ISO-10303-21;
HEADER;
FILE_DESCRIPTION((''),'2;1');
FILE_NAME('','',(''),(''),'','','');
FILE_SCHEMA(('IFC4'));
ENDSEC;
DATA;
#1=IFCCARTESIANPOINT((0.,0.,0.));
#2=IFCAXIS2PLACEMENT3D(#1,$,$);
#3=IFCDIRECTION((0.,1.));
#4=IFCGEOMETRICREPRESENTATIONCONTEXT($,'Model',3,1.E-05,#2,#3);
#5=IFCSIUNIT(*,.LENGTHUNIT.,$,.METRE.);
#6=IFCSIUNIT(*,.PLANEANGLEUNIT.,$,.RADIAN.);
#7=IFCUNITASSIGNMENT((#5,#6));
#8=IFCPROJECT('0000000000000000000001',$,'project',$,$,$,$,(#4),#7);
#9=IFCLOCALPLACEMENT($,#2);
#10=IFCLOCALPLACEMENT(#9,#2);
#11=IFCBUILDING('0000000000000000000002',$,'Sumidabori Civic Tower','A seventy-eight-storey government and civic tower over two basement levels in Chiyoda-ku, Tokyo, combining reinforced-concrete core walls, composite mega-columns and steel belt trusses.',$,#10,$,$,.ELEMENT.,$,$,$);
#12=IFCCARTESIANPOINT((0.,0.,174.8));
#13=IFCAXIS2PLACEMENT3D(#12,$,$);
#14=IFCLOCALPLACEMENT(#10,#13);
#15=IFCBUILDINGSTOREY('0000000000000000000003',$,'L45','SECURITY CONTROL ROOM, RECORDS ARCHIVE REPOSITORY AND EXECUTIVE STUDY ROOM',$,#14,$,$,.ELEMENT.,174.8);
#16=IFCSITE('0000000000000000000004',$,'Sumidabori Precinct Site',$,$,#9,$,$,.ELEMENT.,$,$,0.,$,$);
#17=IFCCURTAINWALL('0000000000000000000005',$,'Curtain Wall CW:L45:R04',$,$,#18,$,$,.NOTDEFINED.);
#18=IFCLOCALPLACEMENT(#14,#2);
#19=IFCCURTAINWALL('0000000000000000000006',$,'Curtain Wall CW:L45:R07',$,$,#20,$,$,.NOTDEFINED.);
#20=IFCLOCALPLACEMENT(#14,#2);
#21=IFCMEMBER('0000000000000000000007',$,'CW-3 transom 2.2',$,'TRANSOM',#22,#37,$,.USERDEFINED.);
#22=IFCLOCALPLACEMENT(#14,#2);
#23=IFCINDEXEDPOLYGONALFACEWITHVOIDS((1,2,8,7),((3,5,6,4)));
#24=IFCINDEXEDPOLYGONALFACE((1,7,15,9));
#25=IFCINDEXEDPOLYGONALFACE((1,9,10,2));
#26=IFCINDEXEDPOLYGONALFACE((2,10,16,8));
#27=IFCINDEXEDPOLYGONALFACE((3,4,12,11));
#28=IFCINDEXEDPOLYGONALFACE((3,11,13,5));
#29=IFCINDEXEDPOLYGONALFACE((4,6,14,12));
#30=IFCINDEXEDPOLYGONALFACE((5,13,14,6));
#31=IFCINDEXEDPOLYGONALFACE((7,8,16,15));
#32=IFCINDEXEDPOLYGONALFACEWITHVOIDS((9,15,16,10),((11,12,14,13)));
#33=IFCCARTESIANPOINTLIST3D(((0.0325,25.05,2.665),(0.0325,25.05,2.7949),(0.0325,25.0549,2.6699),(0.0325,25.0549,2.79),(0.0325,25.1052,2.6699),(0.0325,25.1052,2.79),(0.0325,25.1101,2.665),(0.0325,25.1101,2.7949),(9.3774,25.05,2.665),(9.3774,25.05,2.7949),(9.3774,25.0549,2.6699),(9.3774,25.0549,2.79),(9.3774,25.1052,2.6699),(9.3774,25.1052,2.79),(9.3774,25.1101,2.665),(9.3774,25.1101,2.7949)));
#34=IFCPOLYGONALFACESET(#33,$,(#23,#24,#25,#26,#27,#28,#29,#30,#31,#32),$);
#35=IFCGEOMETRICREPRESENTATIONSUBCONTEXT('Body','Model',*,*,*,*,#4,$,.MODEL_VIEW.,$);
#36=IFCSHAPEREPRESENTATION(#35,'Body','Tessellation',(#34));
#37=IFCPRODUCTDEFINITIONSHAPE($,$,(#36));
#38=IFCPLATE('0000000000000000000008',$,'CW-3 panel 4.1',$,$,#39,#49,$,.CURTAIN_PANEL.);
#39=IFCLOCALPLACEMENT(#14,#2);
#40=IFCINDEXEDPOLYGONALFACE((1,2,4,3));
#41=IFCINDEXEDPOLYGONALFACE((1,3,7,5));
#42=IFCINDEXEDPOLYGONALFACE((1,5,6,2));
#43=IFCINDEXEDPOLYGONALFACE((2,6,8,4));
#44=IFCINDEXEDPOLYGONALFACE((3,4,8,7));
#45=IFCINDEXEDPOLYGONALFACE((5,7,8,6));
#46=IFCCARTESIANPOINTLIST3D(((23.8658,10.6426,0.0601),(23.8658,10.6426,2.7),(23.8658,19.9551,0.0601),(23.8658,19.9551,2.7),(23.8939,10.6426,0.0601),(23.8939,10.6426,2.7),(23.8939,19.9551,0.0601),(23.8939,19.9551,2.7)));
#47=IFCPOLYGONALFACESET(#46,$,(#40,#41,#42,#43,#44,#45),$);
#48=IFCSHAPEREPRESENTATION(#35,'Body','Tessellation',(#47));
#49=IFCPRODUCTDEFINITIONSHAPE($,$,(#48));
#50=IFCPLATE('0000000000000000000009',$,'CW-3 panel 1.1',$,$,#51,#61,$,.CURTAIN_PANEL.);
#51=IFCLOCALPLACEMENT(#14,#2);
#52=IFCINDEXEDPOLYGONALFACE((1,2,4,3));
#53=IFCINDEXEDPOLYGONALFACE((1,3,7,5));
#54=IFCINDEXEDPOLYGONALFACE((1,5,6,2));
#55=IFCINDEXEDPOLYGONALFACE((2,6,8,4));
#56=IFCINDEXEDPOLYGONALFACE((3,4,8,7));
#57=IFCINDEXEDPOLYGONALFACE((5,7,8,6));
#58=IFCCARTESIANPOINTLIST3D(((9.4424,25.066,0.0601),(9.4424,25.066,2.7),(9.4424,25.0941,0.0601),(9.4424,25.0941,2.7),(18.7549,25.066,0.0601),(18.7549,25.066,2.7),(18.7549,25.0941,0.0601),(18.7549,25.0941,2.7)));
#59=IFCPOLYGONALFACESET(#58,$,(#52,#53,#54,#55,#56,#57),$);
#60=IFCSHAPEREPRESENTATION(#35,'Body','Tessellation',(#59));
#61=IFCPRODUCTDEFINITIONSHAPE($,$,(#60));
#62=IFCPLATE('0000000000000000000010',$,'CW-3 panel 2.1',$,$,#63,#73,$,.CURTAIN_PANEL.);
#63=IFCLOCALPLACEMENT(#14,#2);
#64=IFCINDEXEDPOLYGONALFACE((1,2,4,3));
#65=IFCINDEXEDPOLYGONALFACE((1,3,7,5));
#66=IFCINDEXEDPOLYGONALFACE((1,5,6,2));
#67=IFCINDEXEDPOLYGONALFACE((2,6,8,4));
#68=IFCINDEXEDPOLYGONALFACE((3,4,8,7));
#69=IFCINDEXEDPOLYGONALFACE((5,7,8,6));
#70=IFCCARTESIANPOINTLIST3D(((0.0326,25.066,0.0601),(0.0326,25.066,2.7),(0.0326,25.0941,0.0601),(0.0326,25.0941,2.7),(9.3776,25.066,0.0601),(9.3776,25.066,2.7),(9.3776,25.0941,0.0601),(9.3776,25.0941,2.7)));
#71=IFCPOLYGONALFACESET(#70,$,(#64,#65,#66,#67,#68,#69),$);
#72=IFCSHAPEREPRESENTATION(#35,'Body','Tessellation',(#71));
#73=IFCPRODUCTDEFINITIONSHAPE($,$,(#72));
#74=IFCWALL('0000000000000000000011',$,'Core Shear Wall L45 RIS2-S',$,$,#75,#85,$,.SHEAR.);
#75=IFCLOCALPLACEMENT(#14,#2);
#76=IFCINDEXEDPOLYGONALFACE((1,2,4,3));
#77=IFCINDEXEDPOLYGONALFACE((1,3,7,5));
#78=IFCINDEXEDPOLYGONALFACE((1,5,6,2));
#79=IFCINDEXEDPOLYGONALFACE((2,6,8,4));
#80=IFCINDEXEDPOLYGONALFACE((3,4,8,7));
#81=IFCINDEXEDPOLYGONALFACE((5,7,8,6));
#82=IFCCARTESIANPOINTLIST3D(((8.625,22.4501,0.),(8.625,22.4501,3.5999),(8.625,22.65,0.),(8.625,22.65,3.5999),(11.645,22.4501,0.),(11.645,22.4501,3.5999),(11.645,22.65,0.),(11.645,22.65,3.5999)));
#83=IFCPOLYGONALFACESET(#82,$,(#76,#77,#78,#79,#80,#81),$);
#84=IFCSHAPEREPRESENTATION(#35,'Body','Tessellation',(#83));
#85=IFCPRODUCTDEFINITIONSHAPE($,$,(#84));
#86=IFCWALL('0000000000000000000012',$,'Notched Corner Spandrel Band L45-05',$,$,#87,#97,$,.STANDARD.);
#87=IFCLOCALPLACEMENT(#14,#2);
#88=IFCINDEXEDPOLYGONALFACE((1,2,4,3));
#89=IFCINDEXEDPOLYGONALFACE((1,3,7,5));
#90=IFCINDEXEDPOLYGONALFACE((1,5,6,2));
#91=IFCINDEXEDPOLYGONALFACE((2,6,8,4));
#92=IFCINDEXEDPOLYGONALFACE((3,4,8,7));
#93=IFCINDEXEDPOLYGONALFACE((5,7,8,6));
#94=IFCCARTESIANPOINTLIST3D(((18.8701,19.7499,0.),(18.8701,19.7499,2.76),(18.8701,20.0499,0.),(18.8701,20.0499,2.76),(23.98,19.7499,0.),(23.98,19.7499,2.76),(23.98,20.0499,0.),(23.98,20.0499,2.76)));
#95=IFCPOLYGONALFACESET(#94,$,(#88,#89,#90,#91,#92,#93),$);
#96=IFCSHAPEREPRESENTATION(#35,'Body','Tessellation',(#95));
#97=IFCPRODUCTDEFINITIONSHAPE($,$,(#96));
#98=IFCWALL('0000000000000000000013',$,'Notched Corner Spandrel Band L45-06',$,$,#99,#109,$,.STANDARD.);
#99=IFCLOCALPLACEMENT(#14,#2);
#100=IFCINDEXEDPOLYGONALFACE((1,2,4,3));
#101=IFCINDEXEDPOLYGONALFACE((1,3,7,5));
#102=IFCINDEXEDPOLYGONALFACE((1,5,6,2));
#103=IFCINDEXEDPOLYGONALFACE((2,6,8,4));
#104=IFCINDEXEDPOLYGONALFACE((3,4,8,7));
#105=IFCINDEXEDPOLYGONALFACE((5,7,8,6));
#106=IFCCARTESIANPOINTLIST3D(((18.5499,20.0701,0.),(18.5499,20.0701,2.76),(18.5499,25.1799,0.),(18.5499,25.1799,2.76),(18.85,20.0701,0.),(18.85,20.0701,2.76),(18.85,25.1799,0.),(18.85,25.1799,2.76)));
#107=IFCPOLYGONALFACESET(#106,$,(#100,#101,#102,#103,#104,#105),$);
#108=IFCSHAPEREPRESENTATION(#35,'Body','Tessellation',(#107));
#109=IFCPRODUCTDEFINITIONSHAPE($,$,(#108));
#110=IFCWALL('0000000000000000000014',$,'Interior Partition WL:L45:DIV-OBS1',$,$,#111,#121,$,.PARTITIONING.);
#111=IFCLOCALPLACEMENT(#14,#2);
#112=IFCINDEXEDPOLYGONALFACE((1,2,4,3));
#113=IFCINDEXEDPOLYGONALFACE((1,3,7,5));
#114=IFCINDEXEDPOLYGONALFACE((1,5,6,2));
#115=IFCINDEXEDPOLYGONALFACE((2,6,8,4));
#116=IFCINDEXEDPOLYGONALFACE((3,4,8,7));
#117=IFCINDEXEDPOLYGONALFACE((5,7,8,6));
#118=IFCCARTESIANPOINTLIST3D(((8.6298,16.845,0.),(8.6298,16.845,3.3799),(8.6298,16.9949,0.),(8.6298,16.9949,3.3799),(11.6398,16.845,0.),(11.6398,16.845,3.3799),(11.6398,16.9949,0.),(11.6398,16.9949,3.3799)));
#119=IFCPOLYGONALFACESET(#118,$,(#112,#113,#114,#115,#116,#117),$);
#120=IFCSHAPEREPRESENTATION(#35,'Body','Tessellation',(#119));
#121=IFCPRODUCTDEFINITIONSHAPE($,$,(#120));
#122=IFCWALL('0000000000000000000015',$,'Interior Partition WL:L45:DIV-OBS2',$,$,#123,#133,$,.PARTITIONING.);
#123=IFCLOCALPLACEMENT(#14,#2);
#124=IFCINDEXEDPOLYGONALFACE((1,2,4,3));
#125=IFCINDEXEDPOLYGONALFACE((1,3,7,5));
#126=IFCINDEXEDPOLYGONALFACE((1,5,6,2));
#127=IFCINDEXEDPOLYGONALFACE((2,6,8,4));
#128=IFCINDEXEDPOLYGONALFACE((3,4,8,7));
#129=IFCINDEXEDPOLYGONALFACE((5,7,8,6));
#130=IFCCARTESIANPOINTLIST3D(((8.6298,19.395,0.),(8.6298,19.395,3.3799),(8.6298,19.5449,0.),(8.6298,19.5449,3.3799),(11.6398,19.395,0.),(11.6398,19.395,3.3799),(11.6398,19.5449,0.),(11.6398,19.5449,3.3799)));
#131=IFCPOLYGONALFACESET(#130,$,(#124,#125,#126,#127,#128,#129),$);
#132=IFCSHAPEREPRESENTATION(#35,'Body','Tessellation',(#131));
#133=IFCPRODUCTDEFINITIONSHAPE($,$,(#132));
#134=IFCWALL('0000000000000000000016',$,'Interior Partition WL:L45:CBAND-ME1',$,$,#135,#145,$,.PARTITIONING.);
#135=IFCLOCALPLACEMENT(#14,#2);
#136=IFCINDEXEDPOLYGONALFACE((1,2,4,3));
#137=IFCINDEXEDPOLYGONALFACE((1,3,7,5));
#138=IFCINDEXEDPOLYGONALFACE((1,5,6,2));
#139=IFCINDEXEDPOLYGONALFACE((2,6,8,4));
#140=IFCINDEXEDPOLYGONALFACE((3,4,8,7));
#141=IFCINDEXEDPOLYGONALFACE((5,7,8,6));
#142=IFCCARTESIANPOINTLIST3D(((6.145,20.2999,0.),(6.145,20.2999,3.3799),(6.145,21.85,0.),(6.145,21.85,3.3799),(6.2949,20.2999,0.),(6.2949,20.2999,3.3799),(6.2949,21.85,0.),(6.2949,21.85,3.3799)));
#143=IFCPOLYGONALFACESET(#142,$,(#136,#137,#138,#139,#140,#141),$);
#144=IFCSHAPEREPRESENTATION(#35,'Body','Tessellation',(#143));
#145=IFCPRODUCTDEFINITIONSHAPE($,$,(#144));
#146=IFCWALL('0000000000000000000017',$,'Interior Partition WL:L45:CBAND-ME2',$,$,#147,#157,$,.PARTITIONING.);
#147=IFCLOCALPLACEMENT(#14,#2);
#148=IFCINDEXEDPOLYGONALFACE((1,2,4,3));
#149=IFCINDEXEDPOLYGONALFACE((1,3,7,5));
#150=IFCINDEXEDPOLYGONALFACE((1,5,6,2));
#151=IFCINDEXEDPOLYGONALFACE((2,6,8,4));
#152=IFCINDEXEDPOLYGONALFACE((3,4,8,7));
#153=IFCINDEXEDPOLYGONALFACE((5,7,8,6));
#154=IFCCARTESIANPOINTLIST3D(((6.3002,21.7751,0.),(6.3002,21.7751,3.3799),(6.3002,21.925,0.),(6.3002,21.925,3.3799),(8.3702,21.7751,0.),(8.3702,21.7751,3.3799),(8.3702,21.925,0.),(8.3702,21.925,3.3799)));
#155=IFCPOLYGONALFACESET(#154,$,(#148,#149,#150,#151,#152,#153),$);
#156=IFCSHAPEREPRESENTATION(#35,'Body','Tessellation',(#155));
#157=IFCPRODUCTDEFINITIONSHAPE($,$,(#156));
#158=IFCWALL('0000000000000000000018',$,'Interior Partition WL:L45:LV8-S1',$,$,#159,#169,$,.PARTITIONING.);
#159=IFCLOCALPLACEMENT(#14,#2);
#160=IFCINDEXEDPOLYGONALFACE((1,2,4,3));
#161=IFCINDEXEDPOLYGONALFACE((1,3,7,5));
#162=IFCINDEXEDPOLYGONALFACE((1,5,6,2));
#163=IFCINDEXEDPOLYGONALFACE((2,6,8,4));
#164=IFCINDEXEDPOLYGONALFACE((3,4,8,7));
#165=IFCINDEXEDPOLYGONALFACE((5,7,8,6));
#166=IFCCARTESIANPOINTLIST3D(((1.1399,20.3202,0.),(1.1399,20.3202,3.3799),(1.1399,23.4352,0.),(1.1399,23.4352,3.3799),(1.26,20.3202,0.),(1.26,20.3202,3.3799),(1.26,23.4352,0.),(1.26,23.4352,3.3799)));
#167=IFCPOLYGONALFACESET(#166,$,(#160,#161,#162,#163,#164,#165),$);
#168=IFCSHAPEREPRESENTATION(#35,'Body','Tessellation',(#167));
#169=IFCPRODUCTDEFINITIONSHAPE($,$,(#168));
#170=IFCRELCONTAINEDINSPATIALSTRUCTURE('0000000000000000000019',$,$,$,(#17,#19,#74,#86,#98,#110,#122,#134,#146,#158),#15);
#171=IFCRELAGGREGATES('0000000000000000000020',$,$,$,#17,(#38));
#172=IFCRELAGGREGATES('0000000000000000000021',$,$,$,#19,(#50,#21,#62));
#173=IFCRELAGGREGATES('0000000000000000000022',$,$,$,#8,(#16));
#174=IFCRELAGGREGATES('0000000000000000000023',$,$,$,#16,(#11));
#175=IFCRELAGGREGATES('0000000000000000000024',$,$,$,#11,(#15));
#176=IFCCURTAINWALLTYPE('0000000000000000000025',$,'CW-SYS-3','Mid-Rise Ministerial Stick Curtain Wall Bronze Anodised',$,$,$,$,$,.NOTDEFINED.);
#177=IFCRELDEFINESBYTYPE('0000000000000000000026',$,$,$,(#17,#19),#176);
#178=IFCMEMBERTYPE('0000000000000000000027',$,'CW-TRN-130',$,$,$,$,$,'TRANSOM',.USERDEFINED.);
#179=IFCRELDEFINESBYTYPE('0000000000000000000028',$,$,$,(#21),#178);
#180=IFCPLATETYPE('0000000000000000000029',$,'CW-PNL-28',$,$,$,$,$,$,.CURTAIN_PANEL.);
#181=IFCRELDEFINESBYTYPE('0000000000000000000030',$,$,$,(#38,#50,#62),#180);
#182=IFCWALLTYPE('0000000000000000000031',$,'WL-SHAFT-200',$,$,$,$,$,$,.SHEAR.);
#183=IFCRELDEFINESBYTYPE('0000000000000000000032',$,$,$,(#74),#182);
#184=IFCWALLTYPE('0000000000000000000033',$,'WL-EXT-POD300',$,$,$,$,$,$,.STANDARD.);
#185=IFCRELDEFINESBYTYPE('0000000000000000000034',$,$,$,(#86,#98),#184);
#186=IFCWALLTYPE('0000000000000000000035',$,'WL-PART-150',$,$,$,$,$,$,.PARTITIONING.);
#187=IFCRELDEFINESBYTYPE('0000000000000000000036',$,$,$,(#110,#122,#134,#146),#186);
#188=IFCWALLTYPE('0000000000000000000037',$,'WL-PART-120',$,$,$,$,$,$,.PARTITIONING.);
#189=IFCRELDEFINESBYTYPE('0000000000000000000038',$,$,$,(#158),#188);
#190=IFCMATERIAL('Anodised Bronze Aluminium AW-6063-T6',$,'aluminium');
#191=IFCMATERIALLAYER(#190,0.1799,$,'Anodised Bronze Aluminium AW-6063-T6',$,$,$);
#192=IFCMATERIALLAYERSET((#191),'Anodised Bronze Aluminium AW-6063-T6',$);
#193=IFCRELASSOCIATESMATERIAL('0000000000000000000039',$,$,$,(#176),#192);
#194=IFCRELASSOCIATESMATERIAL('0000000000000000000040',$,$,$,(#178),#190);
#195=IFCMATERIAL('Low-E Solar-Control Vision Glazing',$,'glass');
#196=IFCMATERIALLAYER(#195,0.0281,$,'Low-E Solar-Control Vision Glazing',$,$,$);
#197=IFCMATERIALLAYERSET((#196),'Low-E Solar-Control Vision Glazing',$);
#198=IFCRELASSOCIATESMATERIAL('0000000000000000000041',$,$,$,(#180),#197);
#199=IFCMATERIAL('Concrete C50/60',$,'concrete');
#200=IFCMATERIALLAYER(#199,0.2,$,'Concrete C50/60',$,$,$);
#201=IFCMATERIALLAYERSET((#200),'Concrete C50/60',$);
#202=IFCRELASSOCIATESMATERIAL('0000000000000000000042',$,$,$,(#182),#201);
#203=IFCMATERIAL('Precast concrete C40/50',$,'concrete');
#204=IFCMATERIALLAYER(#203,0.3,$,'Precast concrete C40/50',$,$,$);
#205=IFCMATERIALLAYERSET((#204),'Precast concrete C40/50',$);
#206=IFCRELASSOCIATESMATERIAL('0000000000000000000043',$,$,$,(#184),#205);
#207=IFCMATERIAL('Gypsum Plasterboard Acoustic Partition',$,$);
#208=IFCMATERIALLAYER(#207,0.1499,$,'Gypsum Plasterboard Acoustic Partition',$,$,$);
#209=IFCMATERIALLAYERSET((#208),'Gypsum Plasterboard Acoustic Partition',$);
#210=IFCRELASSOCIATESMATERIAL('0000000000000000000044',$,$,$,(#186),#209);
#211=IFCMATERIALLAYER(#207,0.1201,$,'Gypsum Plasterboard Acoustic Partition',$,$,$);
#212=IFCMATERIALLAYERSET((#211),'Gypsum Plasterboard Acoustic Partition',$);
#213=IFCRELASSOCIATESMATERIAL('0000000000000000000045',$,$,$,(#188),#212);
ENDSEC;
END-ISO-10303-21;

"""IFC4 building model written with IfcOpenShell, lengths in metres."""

from ifc_helpers import new_model, si_unit, direction, frame, frame_2d, origin, origin_2d, place, context, subcontext, project, spatial, rectangle, hollow_rectangle, extrude, source, transform, mapped, material, layer, layer_set, material_profile, profile_set, type_object, element, aggregate, save


model = new_model("IFC4")

# Units and contexts
model_context = context("Model", 3, precision=1e-05, world=origin(), true_north=direction((0.0, 1.0)))
body_context = subcontext(model_context, "Body", "Model", "MODEL_VIEW")
ifc_project = project(units=[si_unit("LENGTHUNIT", "METRE"), si_unit("PLANEANGLEUNIT", "RADIAN")], contexts=[model_context])

# Site, building, storey
site_placement = place(None, origin())
site = spatial("IfcSite", under=ifc_project, at=site_placement, Name="Sumidabori Precinct Site", CompositionType="ELEMENT", RefElevation=0.0)
building_placement = place(site_placement, origin())
building = spatial("IfcBuilding", under=site, at=building_placement, Name="Sumidabori Civic Tower", Description="A seventy-eight-storey government and civic tower over two basement levels in Chiyoda-ku, Tokyo, combining reinforced-concrete core walls, composite mega-columns and steel belt trusses.", CompositionType="ELEMENT")
storey_placement = place(building_placement, frame((0.0, 0.0, 174.8)))
storey = spatial("IfcBuildingStorey", under=building, at=storey_placement, Name="L45", Description="SECURITY CONTROL ROOM, RECORDS ARCHIVE REPOSITORY AND EXECUTIVE STUDY ROOM", CompositionType="ELEMENT", Elevation=174.8)

# Curtain wall
ifc_material_1 = material(Name="Anodised Bronze Aluminium AW-6063-T6", Category="aluminium")
ifc_layer_1 = layer(ifc_material_1, 0.1799, Name="Anodised Bronze Aluminium AW-6063-T6")
ifc_layer_set_1 = layer_set([ifc_layer_1], Name="Anodised Bronze Aluminium AW-6063-T6")
curtain_wall_type = type_object("IfcCurtainWallType", Name="CW-SYS-3", Description="Mid-Rise Ministerial Stick Curtain Wall Bronze Anodised", PredefinedType="NOTDEFINED", material=ifc_layer_set_1)
curtain_wall_1_placement = place(storey_placement, origin())
curtain_wall_1 = element("IfcCurtainWall", 1, at=curtain_wall_1_placement, inside=storey, type_object=curtain_wall_type, Name="Curtain Wall CW:L45:R04", PredefinedType="NOTDEFINED")

# Curtain wall, member
curtain_wall_2_placement = place(storey_placement, origin())
curtain_wall_2 = element("IfcCurtainWall", 2, at=curtain_wall_2_placement, inside=storey, type_object=curtain_wall_type, Name="Curtain Wall CW:L45:R07", PredefinedType="NOTDEFINED")
ifc_material_profile_1 = material_profile(ifc_material_1, hollow_rectangle(XDim=0.0601, YDim=0.1299, WallThickness=0.0049, at=origin_2d()), Name="ALU TRANSOM 130x60")
ifc_profile_set_1 = profile_set([ifc_material_profile_1], Name="Anodised Bronze Aluminium AW-6063-T6")
member_type_1 = type_object("IfcMemberType", Name="CW-TRN-130", ElementType="TRANSOM", PredefinedType="USERDEFINED", material=ifc_profile_set_1)
shared_shape_1 = source(origin(), body_context, "Body", "SweptSolid", [
    extrude(hollow_rectangle(XDim=0.0601, YDim=0.1299, WallThickness=0.0049, at=origin_2d()), origin(), (0.0, 0.0, 1.0), 9.345),
])
member_1_placement = place(storey_placement, frame((9.3774, 25.0801, 2.73), z_axis=(-1.0, 0.0, 0.0), x_axis=(0.0, -1.0, 0.0)))
member_1 = element("IfcMember", 3, at=member_1_placement, type_object=member_type_1, Name="CW-3 transom 2.2", ObjectType="TRANSOM", PredefinedType="USERDEFINED", context=body_context, shape_type="MappedRepresentation", body=[
    mapped(shared_shape_1, transform((0.0, 0.0, 0.0), x_axis=(1.0, 0.0, 0.0), y_axis=(0.0, 1.0, 0.0), z_axis=(0.0, 0.0, 1.0), scale=1.0)),
])

# Plates
ifc_material_2 = material(Name="Low-E Solar-Control Vision Glazing", Category="glass")
ifc_layer_2 = layer(ifc_material_2, 0.0281, Name="Low-E Solar-Control Vision Glazing")
ifc_layer_set_2 = layer_set([ifc_layer_2], Name="Low-E Solar-Control Vision Glazing")
plate_type = type_object("IfcPlateType", Name="CW-PNL-28", PredefinedType="CURTAIN_PANEL", material=ifc_layer_set_2)
shared_shape_2 = source(origin(), body_context, "Body", "SweptSolid", [
    extrude(rectangle(XDim=9.3125, YDim=0.0281, at=origin_2d()), origin(), (0.0, 0.0, 1.0), 2.6399),
])
plate_1_placement = place(storey_placement, frame((23.8799, 15.2988, 0.0601), z_axis=(0.0, 0.0, 1.0), x_axis=(0.0, 1.0, 0.0)))
plate_1 = element("IfcPlate", 4, at=plate_1_placement, type_object=plate_type, Name="CW-3 panel 4.1", PredefinedType="CURTAIN_PANEL", context=body_context, shape_type="MappedRepresentation", body=[
    mapped(shared_shape_2, transform((0.0, 0.0, 0.0), x_axis=(1.0, 0.0, 0.0), y_axis=(0.0, 1.0, 0.0), z_axis=(0.0, 0.0, 1.0), scale=1.0)),
])
aggregate(curtain_wall_1, [plate_1])
plate_2_placement = place(storey_placement, frame((14.0986, 25.0801, 0.0601), z_axis=(0.0, 0.0, 1.0), x_axis=(-1.0, 0.0, 0.0)))
plate_2 = element("IfcPlate", 5, at=plate_2_placement, type_object=plate_type, Name="CW-3 panel 1.1", PredefinedType="CURTAIN_PANEL", context=body_context, shape_type="MappedRepresentation", body=[
    mapped(shared_shape_2, transform((0.0, 0.0, 0.0), x_axis=(1.0, 0.0, 0.0), y_axis=(0.0, 1.0, 0.0), z_axis=(0.0, 0.0, 1.0), scale=1.0)),
])
shared_shape_3 = source(origin(), body_context, "Body", "SweptSolid", [
    extrude(rectangle(XDim=9.345, YDim=0.0281, at=origin_2d()), origin(), (0.0, 0.0, 1.0), 2.6399),
])
plate_3_placement = place(storey_placement, frame((4.7051, 25.0801, 0.0601), z_axis=(0.0, 0.0, 1.0), x_axis=(-1.0, 0.0, 0.0)))
plate_3 = element("IfcPlate", 6, at=plate_3_placement, type_object=plate_type, Name="CW-3 panel 2.1", PredefinedType="CURTAIN_PANEL", context=body_context, shape_type="MappedRepresentation", body=[
    mapped(shared_shape_3, transform((0.0, 0.0, 0.0), x_axis=(1.0, 0.0, 0.0), y_axis=(0.0, 1.0, 0.0), z_axis=(0.0, 0.0, 1.0), scale=1.0)),
])
aggregate(curtain_wall_2, [plate_2, member_1, plate_3])

# Walls
ifc_material_3 = material(Name="Concrete C50/60", Category="concrete")
ifc_layer_3 = layer(ifc_material_3, 0.2, Name="Concrete C50/60")
ifc_layer_set_3 = layer_set([ifc_layer_3], Name="Concrete C50/60")
wall_type_1 = type_object("IfcWallType", Name="WL-SHAFT-200", PredefinedType="SHEAR", material=ifc_layer_set_3)
shared_shape_4 = source(origin(), body_context, "Body", "SweptSolid", [
    extrude(rectangle(XDim=3.02, YDim=0.2, at=frame_2d((1.51, 0.0))), origin(), (0.0, 0.0, 1.0), 3.5999),
])
wall_1_placement = place(storey_placement, frame((8.625, 22.55, 0.0), z_axis=(0.0, 0.0, 1.0), x_axis=(1.0, 0.0, 0.0)))
element("IfcWall", 7, at=wall_1_placement, inside=storey, type_object=wall_type_1, Name="Core Shear Wall L45 RIS2-S", PredefinedType="SHEAR", context=body_context, shape_type="MappedRepresentation", body=[
    mapped(shared_shape_4, transform((0.0, 0.0, 0.0), x_axis=(1.0, 0.0, 0.0), y_axis=(0.0, 1.0, 0.0), z_axis=(0.0, 0.0, 1.0), scale=1.0)),
])
ifc_material_4 = material(Name="Precast concrete C40/50", Category="concrete")
ifc_layer_4 = layer(ifc_material_4, 0.3, Name="Precast concrete C40/50")
ifc_layer_set_4 = layer_set([ifc_layer_4], Name="Precast concrete C40/50")
wall_type_2 = type_object("IfcWallType", Name="WL-EXT-POD300", PredefinedType="STANDARD", material=ifc_layer_set_4)
shared_shape_5 = source(origin(), body_context, "Body", "SweptSolid", [
    extrude(rectangle(XDim=5.1099, YDim=0.3, at=frame_2d((2.5549, 0.0))), origin(), (0.0, 0.0, 1.0), 2.76),
])
for number, where, z_axis, x_axis, name in (
    (8, (23.98, 19.8999, 0.0), (0.0, 0.0, 1.0), (-1.0, 0.0, 0.0), "Notched Corner Spandrel Band L45-05"),
    (9, (18.7, 20.0701, 0.0), (0.0, 0.0, 1.0), (0.0, 1.0, 0.0), "Notched Corner Spandrel Band L45-06"),
):
    element("IfcWall", number, at=place(storey_placement, frame(where, z_axis=z_axis, x_axis=x_axis)), inside=storey, type_object=wall_type_2, Name=name, PredefinedType="STANDARD", context=body_context, shape_type="MappedRepresentation", body=[
        mapped(shared_shape_5, transform((0.0, 0.0, 0.0), x_axis=(1.0, 0.0, 0.0), y_axis=(0.0, 1.0, 0.0), z_axis=(0.0, 0.0, 1.0), scale=1.0)),
    ])
ifc_material_5 = material(Name="Gypsum Plasterboard Acoustic Partition")
ifc_layer_5 = layer(ifc_material_5, 0.1499, Name="Gypsum Plasterboard Acoustic Partition")
ifc_layer_set_5 = layer_set([ifc_layer_5], Name="Gypsum Plasterboard Acoustic Partition")
wall_type_3 = type_object("IfcWallType", Name="WL-PART-150", PredefinedType="PARTITIONING", material=ifc_layer_set_5)
shared_shape_6 = source(origin(), body_context, "Body", "SweptSolid", [
    extrude(rectangle(XDim=3.01, YDim=0.1499, at=frame_2d((1.5049, 0.0))), origin(), (0.0, 0.0, 1.0), 3.3799),
])
for number, where, z_axis, x_axis, name in (
    (10, (8.6299, 16.9199, 0.0), (0.0, 0.0, 1.0), (1.0, 0.0, 0.0), "Interior Partition WL:L45:DIV-OBS1"),
    (11, (8.6299, 19.47, 0.0), (0.0, 0.0, 1.0), (1.0, 0.0, 0.0), "Interior Partition WL:L45:DIV-OBS2"),
):
    element("IfcWall", number, at=place(storey_placement, frame(where, z_axis=z_axis, x_axis=x_axis)), inside=storey, type_object=wall_type_3, Name=name, PredefinedType="PARTITIONING", context=body_context, shape_type="MappedRepresentation", body=[
        mapped(shared_shape_6, transform((0.0, 0.0, 0.0), x_axis=(1.0, 0.0, 0.0), y_axis=(0.0, 1.0, 0.0), z_axis=(0.0, 0.0, 1.0), scale=1.0)),
    ])
shared_shape_7 = source(origin(), body_context, "Body", "SweptSolid", [
    extrude(rectangle(XDim=1.55, YDim=0.1499, at=frame_2d((0.7749, 0.0))), origin(), (0.0, 0.0, 1.0), 3.3799),
])
wall_2_placement = place(storey_placement, frame((6.22, 20.3, 0.0), z_axis=(0.0, 0.0, 1.0), x_axis=(0.0, 1.0, 0.0)))
element("IfcWall", 12, at=wall_2_placement, inside=storey, type_object=wall_type_3, Name="Interior Partition WL:L45:CBAND-ME1", PredefinedType="PARTITIONING", context=body_context, shape_type="MappedRepresentation", body=[
    mapped(shared_shape_7, transform((0.0, 0.0, 0.0), x_axis=(1.0, 0.0, 0.0), y_axis=(0.0, 1.0, 0.0), z_axis=(0.0, 0.0, 1.0), scale=1.0)),
])
shared_shape_8 = source(origin(), body_context, "Body", "SweptSolid", [
    extrude(rectangle(XDim=2.0701, YDim=0.1499, at=frame_2d((1.0352, 0.0))), origin(), (0.0, 0.0, 1.0), 3.3799),
])
wall_3_placement = place(storey_placement, frame((6.3, 21.8501, 0.0), z_axis=(0.0, 0.0, 1.0), x_axis=(1.0, 0.0, 0.0)))
element("IfcWall", 13, at=wall_3_placement, inside=storey, type_object=wall_type_3, Name="Interior Partition WL:L45:CBAND-ME2", PredefinedType="PARTITIONING", context=body_context, shape_type="MappedRepresentation", body=[
    mapped(shared_shape_8, transform((0.0, 0.0, 0.0), x_axis=(1.0, 0.0, 0.0), y_axis=(0.0, 1.0, 0.0), z_axis=(0.0, 0.0, 1.0), scale=1.0)),
])
ifc_layer_6 = layer(ifc_material_5, 0.1201, Name="Gypsum Plasterboard Acoustic Partition")
ifc_layer_set_6 = layer_set([ifc_layer_6], Name="Gypsum Plasterboard Acoustic Partition")
wall_type_4 = type_object("IfcWallType", Name="WL-PART-120", PredefinedType="PARTITIONING", material=ifc_layer_set_6)
shared_shape_9 = source(origin(), body_context, "Body", "SweptSolid", [
    extrude(rectangle(XDim=3.115, YDim=0.1201, at=frame_2d((1.5576, 0.0))), origin(), (0.0, 0.0, 1.0), 3.3799),
])
for number, where, z_axis, x_axis, name in (
    (14, (1.2, 20.3201, 0.0), (0.0, 0.0, 1.0), (0.0, 1.0, 0.0), "Interior Partition WL:L45:LV8-S1"),
):
    element("IfcWall", number, at=place(storey_placement, frame(where, z_axis=z_axis, x_axis=x_axis)), inside=storey, type_object=wall_type_4, Name=name, PredefinedType="PARTITIONING", context=body_context, shape_type="MappedRepresentation", body=[
        mapped(shared_shape_9, transform((0.0, 0.0, 0.0), x_axis=(1.0, 0.0, 0.0), y_axis=(0.0, 1.0, 0.0), z_axis=(0.0, 0.0, 1.0), scale=1.0)),
    ])

save(model, "model.ifc")
